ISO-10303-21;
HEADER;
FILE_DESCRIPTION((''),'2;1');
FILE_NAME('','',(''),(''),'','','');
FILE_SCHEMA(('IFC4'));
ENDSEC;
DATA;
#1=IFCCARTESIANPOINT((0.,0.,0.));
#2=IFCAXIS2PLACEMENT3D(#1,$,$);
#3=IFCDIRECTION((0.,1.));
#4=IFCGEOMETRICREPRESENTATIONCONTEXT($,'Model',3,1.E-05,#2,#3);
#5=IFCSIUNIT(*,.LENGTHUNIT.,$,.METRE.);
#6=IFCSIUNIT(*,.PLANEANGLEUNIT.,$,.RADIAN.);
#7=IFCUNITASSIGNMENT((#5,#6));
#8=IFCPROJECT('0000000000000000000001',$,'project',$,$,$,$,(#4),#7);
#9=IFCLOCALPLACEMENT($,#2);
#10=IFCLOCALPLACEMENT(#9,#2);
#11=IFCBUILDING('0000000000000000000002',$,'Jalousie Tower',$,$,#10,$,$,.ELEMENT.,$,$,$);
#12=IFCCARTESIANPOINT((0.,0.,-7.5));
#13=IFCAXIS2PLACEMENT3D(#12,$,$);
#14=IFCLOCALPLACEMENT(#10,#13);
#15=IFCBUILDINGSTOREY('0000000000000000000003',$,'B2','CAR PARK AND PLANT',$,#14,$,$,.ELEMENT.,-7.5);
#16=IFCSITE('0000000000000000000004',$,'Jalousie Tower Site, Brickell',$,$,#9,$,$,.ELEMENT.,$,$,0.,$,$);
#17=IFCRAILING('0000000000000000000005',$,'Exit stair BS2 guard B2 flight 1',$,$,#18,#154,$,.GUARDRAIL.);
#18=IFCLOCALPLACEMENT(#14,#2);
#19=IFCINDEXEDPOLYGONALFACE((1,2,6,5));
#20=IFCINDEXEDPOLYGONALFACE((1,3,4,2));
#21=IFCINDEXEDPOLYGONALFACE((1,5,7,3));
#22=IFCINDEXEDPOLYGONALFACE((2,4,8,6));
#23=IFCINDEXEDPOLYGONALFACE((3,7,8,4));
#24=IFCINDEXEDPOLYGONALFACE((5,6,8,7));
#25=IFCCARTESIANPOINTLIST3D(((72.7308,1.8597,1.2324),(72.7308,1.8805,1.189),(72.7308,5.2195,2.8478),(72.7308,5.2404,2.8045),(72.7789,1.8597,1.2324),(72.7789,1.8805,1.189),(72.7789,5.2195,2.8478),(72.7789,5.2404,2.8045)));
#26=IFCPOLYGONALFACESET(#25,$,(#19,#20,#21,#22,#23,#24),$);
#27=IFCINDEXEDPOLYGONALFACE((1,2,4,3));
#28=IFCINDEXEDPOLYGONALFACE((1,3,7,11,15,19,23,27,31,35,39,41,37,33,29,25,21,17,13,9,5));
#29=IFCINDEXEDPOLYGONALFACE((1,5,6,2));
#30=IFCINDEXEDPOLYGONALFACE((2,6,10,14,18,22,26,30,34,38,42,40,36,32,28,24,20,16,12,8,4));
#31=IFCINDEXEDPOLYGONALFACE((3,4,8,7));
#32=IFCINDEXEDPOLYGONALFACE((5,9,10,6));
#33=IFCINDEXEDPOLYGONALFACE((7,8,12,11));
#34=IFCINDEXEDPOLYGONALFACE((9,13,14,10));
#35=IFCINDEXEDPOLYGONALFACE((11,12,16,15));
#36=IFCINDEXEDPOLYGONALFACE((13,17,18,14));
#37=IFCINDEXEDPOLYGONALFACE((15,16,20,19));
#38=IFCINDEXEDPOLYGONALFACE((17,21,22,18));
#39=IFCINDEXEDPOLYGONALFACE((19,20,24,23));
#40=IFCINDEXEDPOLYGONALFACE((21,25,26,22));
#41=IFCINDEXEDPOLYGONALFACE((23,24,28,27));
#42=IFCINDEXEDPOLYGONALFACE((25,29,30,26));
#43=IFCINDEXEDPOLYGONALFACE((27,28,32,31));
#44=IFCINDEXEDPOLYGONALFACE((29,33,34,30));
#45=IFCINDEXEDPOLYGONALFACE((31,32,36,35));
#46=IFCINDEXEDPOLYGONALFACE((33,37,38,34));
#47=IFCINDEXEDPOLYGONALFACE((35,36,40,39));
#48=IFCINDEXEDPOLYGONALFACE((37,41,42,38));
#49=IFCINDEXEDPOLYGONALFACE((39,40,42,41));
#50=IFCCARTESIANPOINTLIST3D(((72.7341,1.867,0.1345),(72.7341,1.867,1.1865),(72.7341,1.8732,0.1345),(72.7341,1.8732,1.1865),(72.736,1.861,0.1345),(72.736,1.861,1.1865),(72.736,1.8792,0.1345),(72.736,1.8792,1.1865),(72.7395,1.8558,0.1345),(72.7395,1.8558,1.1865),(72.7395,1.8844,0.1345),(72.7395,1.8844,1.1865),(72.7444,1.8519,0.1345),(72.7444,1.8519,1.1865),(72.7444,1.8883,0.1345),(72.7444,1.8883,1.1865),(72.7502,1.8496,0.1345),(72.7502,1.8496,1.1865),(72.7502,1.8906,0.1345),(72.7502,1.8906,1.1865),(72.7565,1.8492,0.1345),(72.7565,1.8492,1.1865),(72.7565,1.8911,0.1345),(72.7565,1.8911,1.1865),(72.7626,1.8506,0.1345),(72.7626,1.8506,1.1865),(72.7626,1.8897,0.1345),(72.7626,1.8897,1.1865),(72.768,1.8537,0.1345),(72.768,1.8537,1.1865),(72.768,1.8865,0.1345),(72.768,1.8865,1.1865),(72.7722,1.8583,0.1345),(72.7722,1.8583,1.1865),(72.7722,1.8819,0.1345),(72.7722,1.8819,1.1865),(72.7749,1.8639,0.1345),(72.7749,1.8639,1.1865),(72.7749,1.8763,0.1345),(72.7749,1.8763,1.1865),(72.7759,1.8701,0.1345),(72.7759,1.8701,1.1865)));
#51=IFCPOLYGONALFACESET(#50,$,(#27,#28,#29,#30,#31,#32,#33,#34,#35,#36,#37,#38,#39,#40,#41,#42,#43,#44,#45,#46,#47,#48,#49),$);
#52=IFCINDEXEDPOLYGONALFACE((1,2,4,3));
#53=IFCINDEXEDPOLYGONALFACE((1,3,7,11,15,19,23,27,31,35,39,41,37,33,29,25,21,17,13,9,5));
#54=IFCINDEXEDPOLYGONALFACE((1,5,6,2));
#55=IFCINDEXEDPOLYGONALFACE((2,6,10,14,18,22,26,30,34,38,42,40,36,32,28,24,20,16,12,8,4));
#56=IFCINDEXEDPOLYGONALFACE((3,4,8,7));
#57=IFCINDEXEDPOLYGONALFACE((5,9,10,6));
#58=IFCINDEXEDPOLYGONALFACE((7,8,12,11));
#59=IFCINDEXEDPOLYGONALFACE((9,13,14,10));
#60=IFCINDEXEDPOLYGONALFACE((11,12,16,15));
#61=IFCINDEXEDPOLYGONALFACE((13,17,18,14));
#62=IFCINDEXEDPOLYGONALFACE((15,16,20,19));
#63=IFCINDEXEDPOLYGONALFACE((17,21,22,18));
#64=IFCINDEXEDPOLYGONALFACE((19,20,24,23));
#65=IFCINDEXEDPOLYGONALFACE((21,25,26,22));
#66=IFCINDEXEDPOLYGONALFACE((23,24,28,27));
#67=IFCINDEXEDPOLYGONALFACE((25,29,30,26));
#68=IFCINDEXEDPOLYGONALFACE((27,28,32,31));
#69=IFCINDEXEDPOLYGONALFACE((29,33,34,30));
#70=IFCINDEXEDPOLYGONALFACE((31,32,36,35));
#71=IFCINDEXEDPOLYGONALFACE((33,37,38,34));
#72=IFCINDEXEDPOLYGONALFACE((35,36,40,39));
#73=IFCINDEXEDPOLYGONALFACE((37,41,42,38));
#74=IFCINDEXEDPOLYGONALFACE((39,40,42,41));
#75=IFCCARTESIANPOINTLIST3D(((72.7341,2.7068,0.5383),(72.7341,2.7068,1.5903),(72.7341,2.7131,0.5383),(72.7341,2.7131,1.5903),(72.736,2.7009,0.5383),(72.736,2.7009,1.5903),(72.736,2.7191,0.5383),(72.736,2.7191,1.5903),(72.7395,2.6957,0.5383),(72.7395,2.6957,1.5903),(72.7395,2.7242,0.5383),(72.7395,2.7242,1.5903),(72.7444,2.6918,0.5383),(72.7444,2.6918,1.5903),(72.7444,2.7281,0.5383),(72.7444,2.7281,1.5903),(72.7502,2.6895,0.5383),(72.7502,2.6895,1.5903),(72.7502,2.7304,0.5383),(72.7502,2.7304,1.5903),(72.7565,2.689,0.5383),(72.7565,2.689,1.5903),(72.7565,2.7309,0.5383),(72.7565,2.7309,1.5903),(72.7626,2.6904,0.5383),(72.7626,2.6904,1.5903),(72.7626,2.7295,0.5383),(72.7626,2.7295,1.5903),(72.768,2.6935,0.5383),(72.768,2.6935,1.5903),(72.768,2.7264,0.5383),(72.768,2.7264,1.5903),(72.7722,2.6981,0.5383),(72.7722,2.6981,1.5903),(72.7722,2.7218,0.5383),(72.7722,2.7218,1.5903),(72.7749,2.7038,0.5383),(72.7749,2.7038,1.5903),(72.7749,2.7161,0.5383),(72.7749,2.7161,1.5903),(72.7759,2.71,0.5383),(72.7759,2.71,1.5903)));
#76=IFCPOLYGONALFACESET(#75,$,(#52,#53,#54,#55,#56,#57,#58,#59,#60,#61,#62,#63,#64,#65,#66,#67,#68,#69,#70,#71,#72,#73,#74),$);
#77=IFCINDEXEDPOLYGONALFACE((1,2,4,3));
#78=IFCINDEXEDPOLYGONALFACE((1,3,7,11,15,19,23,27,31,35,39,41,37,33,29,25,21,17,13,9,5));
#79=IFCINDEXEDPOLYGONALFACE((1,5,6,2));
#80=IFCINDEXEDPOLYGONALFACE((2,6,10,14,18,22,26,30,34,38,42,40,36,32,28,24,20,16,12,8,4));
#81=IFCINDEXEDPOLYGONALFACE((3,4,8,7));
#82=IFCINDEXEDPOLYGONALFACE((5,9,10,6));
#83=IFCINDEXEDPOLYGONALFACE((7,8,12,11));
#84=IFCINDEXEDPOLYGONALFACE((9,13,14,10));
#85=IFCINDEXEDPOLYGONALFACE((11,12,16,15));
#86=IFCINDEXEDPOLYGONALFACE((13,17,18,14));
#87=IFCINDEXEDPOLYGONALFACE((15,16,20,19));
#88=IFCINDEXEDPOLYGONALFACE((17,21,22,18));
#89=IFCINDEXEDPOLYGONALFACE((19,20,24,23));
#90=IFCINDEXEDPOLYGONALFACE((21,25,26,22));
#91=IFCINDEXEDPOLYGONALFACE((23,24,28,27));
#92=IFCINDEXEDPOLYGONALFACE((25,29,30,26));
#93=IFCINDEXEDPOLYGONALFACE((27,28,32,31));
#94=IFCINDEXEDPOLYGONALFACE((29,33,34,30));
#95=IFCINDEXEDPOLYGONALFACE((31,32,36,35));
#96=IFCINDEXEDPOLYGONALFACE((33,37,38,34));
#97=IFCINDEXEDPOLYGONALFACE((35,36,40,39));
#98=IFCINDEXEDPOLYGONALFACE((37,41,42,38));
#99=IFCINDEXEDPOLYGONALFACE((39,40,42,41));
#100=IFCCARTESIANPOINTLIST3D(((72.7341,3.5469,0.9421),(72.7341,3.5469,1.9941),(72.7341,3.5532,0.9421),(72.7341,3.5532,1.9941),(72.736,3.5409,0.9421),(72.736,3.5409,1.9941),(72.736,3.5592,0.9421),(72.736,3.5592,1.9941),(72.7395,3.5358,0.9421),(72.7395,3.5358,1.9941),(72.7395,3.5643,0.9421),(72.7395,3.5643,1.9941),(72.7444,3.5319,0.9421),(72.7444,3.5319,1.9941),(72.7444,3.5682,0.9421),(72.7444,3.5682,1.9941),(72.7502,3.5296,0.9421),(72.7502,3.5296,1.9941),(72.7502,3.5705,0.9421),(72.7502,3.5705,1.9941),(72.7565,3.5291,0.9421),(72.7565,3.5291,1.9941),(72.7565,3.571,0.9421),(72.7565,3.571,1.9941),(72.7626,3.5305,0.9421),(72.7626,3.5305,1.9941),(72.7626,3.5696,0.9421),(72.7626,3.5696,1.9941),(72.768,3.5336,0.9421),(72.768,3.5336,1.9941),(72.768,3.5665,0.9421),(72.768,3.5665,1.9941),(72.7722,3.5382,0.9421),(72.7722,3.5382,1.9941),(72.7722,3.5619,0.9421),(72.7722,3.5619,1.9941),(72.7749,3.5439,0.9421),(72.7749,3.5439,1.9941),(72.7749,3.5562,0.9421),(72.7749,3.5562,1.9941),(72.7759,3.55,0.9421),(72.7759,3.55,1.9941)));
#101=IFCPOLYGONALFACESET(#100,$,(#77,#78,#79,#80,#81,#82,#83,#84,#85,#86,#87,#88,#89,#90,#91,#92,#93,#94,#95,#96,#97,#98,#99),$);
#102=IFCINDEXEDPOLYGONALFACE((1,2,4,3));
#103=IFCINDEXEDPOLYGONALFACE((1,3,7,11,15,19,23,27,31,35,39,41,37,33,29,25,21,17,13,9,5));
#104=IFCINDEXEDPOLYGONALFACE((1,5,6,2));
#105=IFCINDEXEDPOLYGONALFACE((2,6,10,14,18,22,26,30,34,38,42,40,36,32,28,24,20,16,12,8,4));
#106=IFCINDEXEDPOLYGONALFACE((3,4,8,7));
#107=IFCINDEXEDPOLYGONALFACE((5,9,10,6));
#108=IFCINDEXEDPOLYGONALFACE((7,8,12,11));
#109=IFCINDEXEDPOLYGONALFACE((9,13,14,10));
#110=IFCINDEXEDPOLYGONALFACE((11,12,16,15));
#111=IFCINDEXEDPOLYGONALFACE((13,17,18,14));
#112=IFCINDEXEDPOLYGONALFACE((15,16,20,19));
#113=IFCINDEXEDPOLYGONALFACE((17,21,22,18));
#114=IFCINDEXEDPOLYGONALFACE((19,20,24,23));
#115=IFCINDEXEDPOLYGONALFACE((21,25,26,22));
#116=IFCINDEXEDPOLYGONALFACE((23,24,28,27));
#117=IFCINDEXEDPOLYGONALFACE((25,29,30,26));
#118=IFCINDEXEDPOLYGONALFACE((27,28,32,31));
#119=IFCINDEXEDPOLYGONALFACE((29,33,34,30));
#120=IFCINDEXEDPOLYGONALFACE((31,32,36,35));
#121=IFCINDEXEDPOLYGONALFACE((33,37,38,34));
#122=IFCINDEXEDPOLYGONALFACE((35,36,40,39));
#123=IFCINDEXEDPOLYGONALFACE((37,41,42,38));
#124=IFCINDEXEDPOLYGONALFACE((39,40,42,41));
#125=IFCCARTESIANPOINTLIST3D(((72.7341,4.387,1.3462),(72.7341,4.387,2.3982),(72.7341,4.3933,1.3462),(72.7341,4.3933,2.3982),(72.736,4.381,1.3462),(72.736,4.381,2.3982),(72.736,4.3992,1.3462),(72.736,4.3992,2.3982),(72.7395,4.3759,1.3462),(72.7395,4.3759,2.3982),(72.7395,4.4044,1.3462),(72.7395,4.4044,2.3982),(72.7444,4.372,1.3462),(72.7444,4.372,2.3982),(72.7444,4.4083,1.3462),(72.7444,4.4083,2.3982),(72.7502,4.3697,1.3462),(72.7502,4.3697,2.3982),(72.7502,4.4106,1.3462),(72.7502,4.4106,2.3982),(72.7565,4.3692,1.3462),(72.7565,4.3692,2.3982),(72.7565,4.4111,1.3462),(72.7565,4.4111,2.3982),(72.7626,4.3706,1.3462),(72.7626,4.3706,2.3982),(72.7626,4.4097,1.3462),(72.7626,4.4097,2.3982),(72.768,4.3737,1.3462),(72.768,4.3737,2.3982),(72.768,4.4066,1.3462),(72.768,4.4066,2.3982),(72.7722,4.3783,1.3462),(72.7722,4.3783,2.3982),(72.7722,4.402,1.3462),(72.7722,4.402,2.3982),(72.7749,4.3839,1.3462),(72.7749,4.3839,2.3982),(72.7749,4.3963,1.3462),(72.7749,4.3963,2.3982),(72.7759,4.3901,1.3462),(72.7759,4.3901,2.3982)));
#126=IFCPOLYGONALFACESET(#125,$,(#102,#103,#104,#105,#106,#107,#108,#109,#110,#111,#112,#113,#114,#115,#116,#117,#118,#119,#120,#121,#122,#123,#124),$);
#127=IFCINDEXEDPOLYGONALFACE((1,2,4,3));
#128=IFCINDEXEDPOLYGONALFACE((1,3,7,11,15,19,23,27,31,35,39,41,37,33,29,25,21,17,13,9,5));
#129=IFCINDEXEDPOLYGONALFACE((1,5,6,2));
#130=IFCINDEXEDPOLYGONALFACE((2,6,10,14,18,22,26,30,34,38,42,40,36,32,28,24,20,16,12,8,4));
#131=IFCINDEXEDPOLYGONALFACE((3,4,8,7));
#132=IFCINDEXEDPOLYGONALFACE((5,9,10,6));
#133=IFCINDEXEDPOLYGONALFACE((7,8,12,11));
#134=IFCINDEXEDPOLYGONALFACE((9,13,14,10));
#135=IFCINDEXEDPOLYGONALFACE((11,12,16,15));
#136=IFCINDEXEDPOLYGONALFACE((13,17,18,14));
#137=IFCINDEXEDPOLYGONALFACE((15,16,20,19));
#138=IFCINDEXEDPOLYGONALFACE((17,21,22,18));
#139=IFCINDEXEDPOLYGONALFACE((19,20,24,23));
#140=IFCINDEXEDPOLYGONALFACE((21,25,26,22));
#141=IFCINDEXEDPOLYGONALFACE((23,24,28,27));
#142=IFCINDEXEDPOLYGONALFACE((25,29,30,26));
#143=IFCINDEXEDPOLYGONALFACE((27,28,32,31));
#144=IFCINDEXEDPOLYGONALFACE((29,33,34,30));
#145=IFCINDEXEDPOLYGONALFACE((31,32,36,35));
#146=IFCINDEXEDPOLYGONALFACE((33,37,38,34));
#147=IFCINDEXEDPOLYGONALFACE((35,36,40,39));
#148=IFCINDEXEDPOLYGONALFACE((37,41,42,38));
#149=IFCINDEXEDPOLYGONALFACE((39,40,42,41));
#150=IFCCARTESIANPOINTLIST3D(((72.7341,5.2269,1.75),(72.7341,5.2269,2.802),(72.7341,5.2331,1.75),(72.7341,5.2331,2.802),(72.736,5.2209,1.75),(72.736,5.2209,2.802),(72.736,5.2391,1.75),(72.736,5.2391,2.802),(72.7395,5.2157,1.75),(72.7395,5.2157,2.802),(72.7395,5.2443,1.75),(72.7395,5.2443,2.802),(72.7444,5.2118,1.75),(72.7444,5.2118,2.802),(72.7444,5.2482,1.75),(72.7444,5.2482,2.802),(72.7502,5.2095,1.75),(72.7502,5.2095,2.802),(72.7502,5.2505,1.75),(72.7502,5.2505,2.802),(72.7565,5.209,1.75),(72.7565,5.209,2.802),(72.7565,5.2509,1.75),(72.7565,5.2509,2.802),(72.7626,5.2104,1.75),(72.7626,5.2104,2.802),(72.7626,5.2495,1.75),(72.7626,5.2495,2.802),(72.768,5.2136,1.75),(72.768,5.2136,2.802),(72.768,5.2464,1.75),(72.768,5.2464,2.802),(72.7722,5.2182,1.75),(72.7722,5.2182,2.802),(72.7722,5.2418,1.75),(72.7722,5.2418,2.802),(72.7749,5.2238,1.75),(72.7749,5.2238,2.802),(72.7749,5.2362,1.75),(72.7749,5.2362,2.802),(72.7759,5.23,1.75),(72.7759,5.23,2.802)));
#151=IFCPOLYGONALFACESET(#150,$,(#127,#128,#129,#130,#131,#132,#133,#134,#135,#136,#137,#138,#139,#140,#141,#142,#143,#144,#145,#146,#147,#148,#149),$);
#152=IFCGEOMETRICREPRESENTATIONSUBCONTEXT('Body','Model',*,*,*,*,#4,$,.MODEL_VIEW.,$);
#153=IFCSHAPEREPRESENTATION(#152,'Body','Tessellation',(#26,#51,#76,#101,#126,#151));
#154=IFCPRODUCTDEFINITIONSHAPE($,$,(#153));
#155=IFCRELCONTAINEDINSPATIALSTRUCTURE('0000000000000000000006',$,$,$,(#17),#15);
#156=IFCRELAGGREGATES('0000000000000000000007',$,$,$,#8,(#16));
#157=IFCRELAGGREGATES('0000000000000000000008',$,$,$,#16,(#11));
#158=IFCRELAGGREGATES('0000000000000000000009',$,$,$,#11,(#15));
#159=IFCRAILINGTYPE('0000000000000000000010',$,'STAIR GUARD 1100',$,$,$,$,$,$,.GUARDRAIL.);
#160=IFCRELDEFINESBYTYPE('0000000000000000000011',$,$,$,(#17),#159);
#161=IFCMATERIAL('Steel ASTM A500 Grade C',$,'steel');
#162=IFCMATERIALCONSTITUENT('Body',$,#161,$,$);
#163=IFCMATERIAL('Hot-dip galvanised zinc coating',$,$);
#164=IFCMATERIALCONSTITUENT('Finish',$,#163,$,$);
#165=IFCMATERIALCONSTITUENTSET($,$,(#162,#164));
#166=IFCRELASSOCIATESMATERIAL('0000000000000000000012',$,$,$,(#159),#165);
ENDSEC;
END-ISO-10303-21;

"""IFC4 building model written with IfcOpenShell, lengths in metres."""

from ifc_helpers import new_model, si_unit, direction, frame, origin, origin_2d, place, context, subcontext, project, spatial, rectangle, circle, extrude, material, constituent, constituent_set, type_object, element, save


model = new_model("IFC4")

# Units and contexts
model_context = context("Model", 3, precision=1e-05, world=origin(), true_north=direction((0.0, 1.0)))
body_context = subcontext(model_context, "Body", "Model", "MODEL_VIEW")
ifc_project = project(units=[si_unit("LENGTHUNIT", "METRE"), si_unit("PLANEANGLEUNIT", "RADIAN")], contexts=[model_context])

# Site, building, storey
site_placement = place(None, origin())
site = spatial("IfcSite", under=ifc_project, at=site_placement, Name="Jalousie Tower Site, Brickell", CompositionType="ELEMENT", RefElevation=0.0)
building_placement = place(site_placement, origin())
building = spatial("IfcBuilding", under=site, at=building_placement, Name="Jalousie Tower", CompositionType="ELEMENT")
storey_placement = place(building_placement, frame((0.0, 0.0, -7.5)))
storey = spatial("IfcBuildingStorey", under=building, at=storey_placement, Name="B2", Description="CAR PARK AND PLANT", CompositionType="ELEMENT", Elevation=-7.5)

# Railing
ifc_material_1 = material(Name="Steel ASTM A500 Grade C", Category="steel")
ifc_constituent_1 = constituent(ifc_material_1, Name="Body")
ifc_material_2 = material(Name="Hot-dip galvanised zinc coating")
ifc_constituent_2 = constituent(ifc_material_2, Name="Finish")
ifc_constituent_set_1 = constituent_set(constituents=[ifc_constituent_1, ifc_constituent_2])
railing_type_1 = type_object("IfcRailingType", Name="STAIR GUARD 1100", PredefinedType="GUARDRAIL", material=ifc_constituent_set_1)
railing_1_placement = place(storey_placement, frame((72.7549, 1.8701, 0.1345)))
element("IfcRailing", 1, at=railing_1_placement, inside=storey, type_object=railing_type_1, Name="Exit stair BS2 guard B2 flight 1", PredefinedType="GUARDRAIL", context=body_context, shape_type="SweptSolid", body=[
    extrude(rectangle(XDim=0.0481, YDim=0.0481, at=origin_2d()), frame((0.0, 0.0, 1.0762), z_axis=(0.0, 0.901236, 0.433329), x_axis=(-1.0, 0.0, 0.0)), (0.0, 0.0, 1.0), 3.728),
    extrude(circle(Radius=0.021, at=origin_2d()), origin(), (0.0, 0.0, 1.0), 1.052),
    extrude(circle(Radius=0.021, at=origin_2d()), frame((0.0, 0.8398, 0.4038)), (0.0, 0.0, 1.0), 1.052),
    extrude(circle(Radius=0.021, at=origin_2d()), frame((0.0, 1.6799, 0.8076)), (0.0, 0.0, 1.0), 1.052),
    extrude(circle(Radius=0.021, at=origin_2d()), frame((0.0, 2.52, 1.2117)), (0.0, 0.0, 1.0), 1.052),
    extrude(circle(Radius=0.021, at=origin_2d()), frame((0.0, 3.3599, 1.6155)), (0.0, 0.0, 1.0), 1.052),
])

save(model, "model.ifc")
